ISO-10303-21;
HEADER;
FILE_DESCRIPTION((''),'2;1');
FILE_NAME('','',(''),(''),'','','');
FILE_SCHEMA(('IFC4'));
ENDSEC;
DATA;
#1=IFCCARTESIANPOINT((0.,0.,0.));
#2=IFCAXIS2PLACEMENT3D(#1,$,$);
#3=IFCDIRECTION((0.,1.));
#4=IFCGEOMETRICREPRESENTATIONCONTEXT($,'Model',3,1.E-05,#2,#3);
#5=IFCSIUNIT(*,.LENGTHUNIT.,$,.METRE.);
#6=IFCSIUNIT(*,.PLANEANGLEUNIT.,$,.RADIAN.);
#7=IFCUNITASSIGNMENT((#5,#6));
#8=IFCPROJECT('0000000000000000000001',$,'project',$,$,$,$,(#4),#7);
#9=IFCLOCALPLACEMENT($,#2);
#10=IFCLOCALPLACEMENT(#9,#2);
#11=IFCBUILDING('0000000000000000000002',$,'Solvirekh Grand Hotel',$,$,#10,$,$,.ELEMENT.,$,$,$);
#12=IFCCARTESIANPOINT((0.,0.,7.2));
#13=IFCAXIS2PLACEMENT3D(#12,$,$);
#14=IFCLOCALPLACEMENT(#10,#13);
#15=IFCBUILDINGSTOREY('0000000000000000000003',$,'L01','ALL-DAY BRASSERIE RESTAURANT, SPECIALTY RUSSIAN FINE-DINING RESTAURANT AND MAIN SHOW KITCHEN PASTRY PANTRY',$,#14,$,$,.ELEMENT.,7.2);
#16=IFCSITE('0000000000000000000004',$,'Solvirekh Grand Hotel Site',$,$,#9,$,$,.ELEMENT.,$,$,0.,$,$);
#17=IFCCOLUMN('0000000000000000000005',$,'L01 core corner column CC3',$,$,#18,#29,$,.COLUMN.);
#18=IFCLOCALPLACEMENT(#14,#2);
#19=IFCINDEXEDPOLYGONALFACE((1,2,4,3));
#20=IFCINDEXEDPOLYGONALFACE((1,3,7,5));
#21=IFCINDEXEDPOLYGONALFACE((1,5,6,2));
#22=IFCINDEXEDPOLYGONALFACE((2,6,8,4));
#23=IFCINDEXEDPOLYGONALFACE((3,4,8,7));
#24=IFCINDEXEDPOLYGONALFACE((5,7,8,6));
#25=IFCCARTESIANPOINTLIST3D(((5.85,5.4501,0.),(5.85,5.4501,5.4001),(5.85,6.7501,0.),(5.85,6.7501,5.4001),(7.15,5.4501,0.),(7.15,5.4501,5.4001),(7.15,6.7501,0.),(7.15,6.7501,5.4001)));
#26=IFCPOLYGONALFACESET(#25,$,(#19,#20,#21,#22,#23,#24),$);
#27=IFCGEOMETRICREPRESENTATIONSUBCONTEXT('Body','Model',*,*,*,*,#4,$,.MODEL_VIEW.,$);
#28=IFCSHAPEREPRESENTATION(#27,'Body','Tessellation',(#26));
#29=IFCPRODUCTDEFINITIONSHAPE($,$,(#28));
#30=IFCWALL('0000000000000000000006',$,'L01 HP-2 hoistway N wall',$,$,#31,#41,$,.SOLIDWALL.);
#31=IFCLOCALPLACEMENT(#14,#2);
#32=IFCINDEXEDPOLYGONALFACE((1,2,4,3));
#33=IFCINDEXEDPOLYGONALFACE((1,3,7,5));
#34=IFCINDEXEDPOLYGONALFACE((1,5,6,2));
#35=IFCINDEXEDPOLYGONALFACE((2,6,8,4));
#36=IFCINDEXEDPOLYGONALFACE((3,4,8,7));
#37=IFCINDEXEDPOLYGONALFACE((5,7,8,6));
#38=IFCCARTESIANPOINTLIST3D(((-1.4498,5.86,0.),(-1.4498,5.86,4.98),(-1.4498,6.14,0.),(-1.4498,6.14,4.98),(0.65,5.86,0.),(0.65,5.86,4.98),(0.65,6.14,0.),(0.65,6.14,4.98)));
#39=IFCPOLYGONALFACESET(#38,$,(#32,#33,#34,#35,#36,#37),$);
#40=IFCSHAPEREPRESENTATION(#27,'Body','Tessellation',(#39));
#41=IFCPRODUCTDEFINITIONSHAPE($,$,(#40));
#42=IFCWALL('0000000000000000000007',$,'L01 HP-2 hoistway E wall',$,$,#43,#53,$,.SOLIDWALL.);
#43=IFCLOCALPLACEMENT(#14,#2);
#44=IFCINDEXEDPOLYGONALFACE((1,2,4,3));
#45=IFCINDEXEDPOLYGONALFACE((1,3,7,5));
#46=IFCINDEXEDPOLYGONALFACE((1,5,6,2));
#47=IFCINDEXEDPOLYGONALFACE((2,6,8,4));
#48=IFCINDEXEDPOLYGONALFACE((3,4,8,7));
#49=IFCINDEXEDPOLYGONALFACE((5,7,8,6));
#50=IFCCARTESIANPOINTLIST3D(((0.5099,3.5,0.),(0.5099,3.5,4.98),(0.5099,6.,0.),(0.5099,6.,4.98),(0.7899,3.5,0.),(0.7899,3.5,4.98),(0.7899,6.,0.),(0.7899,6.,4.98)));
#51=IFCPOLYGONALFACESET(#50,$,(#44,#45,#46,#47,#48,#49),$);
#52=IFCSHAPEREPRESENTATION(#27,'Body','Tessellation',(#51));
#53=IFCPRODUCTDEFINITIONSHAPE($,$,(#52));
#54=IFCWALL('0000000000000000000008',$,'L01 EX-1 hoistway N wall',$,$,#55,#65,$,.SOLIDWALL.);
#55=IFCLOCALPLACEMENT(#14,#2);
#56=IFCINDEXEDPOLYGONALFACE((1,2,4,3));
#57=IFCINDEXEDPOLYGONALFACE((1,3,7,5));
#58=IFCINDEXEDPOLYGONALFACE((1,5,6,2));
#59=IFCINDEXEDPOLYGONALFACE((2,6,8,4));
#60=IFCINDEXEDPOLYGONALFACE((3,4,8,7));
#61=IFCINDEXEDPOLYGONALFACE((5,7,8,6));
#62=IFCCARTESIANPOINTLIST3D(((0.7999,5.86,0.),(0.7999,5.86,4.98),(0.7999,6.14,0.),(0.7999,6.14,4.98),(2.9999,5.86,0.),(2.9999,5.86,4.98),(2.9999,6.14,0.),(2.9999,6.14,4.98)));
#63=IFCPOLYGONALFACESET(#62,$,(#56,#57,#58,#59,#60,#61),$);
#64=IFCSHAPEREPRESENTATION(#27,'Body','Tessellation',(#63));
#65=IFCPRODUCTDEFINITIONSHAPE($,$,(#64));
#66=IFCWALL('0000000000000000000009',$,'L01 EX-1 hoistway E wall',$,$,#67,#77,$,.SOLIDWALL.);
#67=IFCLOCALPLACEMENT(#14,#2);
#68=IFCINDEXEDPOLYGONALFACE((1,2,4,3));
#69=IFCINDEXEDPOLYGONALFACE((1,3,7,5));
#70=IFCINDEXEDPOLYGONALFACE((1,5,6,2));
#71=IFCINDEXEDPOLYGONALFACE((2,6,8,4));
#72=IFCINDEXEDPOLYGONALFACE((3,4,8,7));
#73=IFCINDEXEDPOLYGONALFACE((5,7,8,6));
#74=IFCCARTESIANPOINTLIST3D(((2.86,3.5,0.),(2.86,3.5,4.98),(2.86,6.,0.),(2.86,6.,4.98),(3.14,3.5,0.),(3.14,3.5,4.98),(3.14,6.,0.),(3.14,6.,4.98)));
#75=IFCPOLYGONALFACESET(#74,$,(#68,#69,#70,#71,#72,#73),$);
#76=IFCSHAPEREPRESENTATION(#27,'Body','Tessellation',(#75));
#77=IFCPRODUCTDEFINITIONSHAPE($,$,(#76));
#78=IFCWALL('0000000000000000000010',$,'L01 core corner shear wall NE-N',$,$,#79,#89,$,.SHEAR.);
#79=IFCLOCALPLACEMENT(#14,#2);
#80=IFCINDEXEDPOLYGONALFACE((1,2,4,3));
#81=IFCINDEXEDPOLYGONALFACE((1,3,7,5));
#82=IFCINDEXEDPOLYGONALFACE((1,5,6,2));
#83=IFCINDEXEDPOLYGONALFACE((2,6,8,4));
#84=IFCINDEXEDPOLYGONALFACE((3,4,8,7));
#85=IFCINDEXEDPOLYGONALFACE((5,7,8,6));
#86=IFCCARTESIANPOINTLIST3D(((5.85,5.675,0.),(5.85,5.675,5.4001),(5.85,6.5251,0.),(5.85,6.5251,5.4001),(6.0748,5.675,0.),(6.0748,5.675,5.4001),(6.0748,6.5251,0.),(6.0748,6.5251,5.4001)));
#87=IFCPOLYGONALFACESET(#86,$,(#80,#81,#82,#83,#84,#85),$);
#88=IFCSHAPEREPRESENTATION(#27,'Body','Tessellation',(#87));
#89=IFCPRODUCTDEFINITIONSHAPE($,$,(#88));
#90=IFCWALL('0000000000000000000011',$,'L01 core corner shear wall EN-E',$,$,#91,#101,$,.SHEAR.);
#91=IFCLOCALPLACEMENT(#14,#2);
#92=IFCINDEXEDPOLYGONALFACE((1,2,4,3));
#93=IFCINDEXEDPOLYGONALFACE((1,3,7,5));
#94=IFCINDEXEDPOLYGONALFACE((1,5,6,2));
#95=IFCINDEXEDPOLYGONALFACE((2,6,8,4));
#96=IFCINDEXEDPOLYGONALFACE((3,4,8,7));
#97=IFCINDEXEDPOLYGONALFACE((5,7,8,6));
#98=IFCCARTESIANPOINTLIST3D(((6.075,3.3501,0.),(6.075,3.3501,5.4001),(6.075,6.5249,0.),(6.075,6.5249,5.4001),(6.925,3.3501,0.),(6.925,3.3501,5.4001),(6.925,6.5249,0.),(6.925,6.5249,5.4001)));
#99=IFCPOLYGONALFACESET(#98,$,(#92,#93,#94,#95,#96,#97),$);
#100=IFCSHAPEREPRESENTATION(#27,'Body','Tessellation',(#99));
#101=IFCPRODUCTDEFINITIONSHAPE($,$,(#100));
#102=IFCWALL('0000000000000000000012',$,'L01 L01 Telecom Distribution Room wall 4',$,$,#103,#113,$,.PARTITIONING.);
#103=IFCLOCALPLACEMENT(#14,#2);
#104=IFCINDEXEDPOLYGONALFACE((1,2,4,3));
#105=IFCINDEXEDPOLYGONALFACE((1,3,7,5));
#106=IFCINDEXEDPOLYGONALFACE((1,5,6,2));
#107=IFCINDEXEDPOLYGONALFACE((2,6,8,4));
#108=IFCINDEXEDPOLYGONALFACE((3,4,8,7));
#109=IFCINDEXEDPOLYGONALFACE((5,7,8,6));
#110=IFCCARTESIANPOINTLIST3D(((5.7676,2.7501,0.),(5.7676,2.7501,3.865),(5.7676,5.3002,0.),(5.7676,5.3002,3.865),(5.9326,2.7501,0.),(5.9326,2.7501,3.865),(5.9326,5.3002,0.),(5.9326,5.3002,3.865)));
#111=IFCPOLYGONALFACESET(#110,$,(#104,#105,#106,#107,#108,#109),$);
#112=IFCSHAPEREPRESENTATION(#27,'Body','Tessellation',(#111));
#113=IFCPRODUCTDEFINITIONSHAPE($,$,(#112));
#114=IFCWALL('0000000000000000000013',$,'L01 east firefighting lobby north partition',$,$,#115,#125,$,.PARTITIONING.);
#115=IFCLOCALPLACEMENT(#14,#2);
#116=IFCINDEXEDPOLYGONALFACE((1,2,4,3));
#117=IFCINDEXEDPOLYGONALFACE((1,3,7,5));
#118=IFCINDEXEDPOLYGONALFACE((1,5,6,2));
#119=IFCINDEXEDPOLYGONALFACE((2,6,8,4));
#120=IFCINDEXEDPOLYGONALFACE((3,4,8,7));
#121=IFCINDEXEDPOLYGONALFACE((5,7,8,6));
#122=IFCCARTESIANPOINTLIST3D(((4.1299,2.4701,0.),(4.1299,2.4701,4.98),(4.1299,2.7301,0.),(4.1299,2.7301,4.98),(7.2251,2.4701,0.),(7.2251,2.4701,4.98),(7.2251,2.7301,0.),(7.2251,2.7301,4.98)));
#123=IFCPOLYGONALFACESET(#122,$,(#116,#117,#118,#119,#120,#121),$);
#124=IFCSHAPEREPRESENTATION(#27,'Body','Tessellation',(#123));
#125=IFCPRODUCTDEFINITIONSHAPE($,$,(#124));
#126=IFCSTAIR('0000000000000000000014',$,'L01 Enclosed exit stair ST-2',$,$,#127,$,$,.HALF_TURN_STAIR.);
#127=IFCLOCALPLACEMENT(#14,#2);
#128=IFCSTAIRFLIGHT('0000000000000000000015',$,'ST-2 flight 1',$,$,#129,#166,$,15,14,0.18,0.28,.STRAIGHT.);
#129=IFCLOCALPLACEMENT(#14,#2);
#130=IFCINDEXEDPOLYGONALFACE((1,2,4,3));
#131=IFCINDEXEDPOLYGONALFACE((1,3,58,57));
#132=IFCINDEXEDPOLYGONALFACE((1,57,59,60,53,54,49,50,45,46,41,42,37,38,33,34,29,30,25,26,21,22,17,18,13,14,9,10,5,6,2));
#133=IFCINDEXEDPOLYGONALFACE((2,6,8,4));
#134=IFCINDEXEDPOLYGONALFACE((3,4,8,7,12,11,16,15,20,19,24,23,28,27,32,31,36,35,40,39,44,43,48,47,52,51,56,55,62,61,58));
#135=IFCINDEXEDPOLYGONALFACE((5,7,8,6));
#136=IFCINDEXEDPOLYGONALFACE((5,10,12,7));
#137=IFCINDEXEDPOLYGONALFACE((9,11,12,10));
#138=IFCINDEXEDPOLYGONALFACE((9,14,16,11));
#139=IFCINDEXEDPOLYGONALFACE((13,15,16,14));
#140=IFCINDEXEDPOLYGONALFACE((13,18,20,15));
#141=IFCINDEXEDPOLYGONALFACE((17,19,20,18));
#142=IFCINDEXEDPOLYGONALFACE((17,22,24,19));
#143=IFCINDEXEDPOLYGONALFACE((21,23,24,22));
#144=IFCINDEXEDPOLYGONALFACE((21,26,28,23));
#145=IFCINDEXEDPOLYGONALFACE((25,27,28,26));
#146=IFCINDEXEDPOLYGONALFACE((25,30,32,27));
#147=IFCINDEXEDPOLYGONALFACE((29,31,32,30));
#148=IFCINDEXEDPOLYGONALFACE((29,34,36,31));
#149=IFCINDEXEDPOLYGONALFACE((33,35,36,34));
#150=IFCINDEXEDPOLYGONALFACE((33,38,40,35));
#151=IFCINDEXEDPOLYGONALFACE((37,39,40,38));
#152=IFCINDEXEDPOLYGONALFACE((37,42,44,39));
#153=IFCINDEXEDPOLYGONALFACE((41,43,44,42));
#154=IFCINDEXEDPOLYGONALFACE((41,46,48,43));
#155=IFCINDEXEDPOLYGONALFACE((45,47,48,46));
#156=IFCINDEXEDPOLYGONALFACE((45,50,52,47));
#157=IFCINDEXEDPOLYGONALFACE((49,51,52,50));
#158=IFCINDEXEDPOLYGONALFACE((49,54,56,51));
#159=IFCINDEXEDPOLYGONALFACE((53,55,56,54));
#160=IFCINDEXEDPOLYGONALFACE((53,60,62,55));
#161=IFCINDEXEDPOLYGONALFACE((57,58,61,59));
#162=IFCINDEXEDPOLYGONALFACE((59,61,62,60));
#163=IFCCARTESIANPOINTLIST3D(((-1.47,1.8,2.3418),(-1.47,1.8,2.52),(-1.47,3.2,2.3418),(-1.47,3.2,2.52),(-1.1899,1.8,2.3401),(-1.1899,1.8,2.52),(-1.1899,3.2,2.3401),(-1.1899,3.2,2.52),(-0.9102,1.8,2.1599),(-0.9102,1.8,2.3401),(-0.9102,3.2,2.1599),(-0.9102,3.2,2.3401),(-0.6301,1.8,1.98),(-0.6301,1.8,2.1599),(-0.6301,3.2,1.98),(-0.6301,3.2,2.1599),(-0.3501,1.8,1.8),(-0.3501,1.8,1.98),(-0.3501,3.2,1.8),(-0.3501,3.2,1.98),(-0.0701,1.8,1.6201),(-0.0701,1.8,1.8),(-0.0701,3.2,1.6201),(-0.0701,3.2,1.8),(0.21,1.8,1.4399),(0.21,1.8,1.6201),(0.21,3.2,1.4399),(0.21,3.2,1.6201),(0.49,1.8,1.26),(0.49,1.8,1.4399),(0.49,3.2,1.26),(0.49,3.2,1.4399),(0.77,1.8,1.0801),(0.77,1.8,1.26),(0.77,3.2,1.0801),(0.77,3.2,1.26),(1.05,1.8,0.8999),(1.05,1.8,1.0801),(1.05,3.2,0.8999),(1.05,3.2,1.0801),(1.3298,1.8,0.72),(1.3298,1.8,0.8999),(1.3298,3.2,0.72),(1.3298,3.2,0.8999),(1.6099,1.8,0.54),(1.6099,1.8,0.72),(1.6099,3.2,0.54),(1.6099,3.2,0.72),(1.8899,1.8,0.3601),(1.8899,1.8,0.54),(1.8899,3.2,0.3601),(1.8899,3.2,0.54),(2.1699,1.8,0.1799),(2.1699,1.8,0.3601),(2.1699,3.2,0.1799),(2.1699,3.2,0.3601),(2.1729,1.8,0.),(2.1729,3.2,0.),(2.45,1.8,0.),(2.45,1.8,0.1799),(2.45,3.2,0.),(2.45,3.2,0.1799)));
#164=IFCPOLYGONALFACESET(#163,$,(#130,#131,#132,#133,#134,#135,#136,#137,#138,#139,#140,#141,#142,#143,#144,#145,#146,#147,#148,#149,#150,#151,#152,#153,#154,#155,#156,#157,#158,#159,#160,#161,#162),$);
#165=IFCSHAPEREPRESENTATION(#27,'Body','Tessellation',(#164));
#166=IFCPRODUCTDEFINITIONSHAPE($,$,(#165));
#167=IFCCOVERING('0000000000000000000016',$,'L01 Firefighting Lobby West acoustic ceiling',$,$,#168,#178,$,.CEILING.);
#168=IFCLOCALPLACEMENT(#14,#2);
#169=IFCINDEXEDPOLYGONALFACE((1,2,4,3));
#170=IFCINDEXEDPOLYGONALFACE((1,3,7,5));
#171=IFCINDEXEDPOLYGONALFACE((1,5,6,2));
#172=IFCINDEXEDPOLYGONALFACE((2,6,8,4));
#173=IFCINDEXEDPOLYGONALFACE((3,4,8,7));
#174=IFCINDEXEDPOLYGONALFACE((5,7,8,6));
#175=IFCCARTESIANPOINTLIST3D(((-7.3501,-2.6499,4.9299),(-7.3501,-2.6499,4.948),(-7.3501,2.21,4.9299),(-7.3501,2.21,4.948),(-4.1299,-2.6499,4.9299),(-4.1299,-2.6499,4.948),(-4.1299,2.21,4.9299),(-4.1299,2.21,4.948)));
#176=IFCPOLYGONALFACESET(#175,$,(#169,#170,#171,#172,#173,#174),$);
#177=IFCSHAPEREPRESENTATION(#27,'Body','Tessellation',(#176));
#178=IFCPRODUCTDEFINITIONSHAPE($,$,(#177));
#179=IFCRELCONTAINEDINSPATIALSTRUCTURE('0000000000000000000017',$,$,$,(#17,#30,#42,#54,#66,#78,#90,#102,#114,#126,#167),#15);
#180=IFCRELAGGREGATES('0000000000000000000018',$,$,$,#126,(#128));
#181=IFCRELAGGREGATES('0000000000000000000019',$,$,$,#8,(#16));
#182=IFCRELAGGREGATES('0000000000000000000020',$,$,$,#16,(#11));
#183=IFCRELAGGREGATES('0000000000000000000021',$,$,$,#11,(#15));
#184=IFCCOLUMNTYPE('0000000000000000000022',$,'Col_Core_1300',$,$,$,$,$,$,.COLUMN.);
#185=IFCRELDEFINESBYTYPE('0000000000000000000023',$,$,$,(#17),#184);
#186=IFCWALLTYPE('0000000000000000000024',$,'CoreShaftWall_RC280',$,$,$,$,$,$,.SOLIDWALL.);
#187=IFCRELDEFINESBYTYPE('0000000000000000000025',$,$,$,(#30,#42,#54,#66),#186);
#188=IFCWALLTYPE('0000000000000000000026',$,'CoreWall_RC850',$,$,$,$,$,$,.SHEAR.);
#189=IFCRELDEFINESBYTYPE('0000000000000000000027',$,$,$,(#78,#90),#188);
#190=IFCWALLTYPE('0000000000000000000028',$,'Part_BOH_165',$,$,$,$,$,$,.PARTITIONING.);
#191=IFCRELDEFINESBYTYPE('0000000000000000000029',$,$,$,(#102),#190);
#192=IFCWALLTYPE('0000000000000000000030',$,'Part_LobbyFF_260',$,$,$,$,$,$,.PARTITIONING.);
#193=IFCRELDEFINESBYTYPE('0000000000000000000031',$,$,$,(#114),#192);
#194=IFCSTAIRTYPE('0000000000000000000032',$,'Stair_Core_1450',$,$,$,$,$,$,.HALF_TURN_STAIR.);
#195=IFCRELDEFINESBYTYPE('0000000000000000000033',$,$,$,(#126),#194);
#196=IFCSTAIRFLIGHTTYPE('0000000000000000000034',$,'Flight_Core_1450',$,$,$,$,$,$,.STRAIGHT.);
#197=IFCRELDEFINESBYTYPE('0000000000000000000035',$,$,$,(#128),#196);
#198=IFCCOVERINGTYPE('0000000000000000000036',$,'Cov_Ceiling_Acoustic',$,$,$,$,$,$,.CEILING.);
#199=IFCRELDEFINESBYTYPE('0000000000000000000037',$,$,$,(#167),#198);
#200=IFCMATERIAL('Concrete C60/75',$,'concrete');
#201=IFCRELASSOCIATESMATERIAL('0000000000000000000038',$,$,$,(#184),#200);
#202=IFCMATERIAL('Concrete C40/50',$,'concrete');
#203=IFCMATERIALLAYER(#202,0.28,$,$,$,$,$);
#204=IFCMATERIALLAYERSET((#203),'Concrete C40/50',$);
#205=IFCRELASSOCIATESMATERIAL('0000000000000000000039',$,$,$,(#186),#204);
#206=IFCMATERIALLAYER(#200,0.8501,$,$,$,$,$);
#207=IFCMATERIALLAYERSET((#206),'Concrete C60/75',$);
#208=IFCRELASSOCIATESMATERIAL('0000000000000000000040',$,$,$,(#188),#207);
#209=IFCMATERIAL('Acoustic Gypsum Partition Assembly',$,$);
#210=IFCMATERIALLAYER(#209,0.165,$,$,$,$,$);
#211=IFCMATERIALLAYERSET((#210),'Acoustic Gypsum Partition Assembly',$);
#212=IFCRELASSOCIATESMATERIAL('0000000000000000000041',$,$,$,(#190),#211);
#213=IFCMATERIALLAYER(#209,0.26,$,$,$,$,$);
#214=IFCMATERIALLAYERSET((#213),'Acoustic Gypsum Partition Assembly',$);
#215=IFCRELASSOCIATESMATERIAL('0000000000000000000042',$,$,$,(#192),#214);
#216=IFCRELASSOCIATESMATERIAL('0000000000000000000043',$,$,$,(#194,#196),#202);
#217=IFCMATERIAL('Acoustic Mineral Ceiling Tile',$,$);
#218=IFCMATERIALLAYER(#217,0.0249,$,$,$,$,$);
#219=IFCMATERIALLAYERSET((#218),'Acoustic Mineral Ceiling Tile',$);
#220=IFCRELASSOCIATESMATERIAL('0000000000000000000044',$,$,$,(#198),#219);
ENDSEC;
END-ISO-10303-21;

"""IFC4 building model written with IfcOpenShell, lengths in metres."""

from ifc_helpers import new_model, si_unit, direction, frame, frame_2d, origin, origin_2d, place, context, subcontext, project, spatial, polyline, rectangle, outline, extrude, material, layer, layer_set, material_profile, profile_set, type_object, element, aggregate, save


model = new_model("IFC4")

# Units and contexts
model_context = context("Model", 3, precision=1e-05, world=origin(), true_north=direction((0.0, 1.0)))
body_context = subcontext(model_context, "Body", "Model", "MODEL_VIEW")
ifc_project = project(units=[si_unit("LENGTHUNIT", "METRE"), si_unit("PLANEANGLEUNIT", "RADIAN")], contexts=[model_context])

# Site, building, storey
site_placement = place(None, origin())
site = spatial("IfcSite", under=ifc_project, at=site_placement, Name="Solvirekh Grand Hotel Site", CompositionType="ELEMENT", RefElevation=0.0)
building_placement = place(site_placement, origin())
building = spatial("IfcBuilding", under=site, at=building_placement, Name="Solvirekh Grand Hotel", CompositionType="ELEMENT")
storey_placement = place(building_placement, frame((0.0, 0.0, 7.2)))
storey = spatial("IfcBuildingStorey", under=building, at=storey_placement, Name="L01", Description="ALL-DAY BRASSERIE RESTAURANT, SPECIALTY RUSSIAN FINE-DINING RESTAURANT AND MAIN SHOW KITCHEN PASTRY PANTRY", CompositionType="ELEMENT", Elevation=7.2)

# Column
ifc_material_1 = material(Name="Concrete C60/75", Category="concrete")
ifc_material_profile = material_profile(ifc_material_1, rectangle(XDim=1.3, YDim=1.3, at=origin_2d()), Name="RC 1300X1300")
ifc_profile_set = profile_set([ifc_material_profile], Name="Concrete C60/75")
column_type = type_object("IfcColumnType", Name="Col_Core_1300", PredefinedType="COLUMN", material=ifc_profile_set)
column_placement = place(storey_placement, frame((6.5, 6.1001, 0.0), z_axis=(0.0, 0.0, 1.0), x_axis=(1.0, 0.0, 0.0)))
element("IfcColumn", 1, at=column_placement, inside=storey, type_object=column_type, Name="L01 core corner column CC3", PredefinedType="COLUMN", context=body_context, shape_type="SweptSolid", body=[
    extrude(rectangle(XDim=1.3, YDim=1.3, at=origin_2d()), origin(), (0.0, 0.0, 1.0), 5.4001),
])

# Walls
ifc_material_2 = material(Name="Concrete C40/50", Category="concrete")
ifc_layer_1 = layer(ifc_material_2, 0.28)
ifc_layer_set_1 = layer_set([ifc_layer_1], Name="Concrete C40/50")
wall_type_1 = type_object("IfcWallType", Name="CoreShaftWall_RC280", PredefinedType="SOLIDWALL", material=ifc_layer_set_1)
wall_1_placement = place(storey_placement, frame((0.6499, 6.0, 0.0), z_axis=(0.0, 0.0, 1.0), x_axis=(-1.0, 0.0, 0.0)))
element("IfcWall", 2, at=wall_1_placement, inside=storey, type_object=wall_type_1, Name="L01 HP-2 hoistway N wall", PredefinedType="SOLIDWALL", context=body_context, shape_type="SweptSolid", body=[
    extrude(rectangle(XDim=2.0999, YDim=0.28, at=frame_2d((1.0498, 0.0))), origin(), (0.0, 0.0, 1.0), 4.98),
])
wall_2_placement = place(storey_placement, frame((0.6499, 3.5, 0.0), z_axis=(0.0, 0.0, 1.0), x_axis=(0.0, 1.0, 0.0)))
element("IfcWall", 3, at=wall_2_placement, inside=storey, type_object=wall_type_1, Name="L01 HP-2 hoistway E wall", PredefinedType="SOLIDWALL", context=body_context, shape_type="SweptSolid", body=[
    extrude(rectangle(XDim=2.5, YDim=0.28, at=frame_2d((1.25, 0.0))), origin(), (0.0, 0.0, 1.0), 4.98),
])
wall_3_placement = place(storey_placement, frame((3.0, 6.0, 0.0), z_axis=(0.0, 0.0, 1.0), x_axis=(-1.0, 0.0, 0.0)))
element("IfcWall", 4, at=wall_3_placement, inside=storey, type_object=wall_type_1, Name="L01 EX-1 hoistway N wall", PredefinedType="SOLIDWALL", context=body_context, shape_type="SweptSolid", body=[
    extrude(rectangle(XDim=2.2, YDim=0.28, at=frame_2d((1.1001, 0.0))), origin(), (0.0, 0.0, 1.0), 4.98),
])
wall_4_placement = place(storey_placement, frame((3.0, 3.5, 0.0), z_axis=(0.0, 0.0, 1.0), x_axis=(0.0, 1.0, 0.0)))
element("IfcWall", 5, at=wall_4_placement, inside=storey, type_object=wall_type_1, Name="L01 EX-1 hoistway E wall", PredefinedType="SOLIDWALL", context=body_context, shape_type="SweptSolid", body=[
    extrude(rectangle(XDim=2.5, YDim=0.28, at=frame_2d((1.25, 0.0))), origin(), (0.0, 0.0, 1.0), 4.98),
])
ifc_layer_2 = layer(ifc_material_1, 0.8501)
ifc_layer_set_2 = layer_set([ifc_layer_2], Name="Concrete C60/75")
wall_type_2 = type_object("IfcWallType", Name="CoreWall_RC850", PredefinedType="SHEAR", material=ifc_layer_set_2)
wall_5_placement = place(storey_placement, frame((5.8501, 6.1001, 0.0), z_axis=(0.0, 0.0, 1.0), x_axis=(1.0, 0.0, 0.0)))
element("IfcWall", 6, at=wall_5_placement, inside=storey, type_object=wall_type_2, Name="L01 core corner shear wall NE-N", PredefinedType="SHEAR", context=body_context, shape_type="SweptSolid", body=[
    extrude(rectangle(XDim=0.2249, YDim=0.8501, at=frame_2d((0.1123, 0.0))), origin(), (0.0, 0.0, 1.0), 5.4001),
])
wall_6_placement = place(storey_placement, frame((6.5, 3.3501, 0.0), z_axis=(0.0, 0.0, 1.0), x_axis=(0.0, 1.0, 0.0)))
element("IfcWall", 7, at=wall_6_placement, inside=storey, type_object=wall_type_2, Name="L01 core corner shear wall EN-E", PredefinedType="SHEAR", context=body_context, shape_type="SweptSolid", body=[
    extrude(rectangle(XDim=3.1748, YDim=0.8501, at=frame_2d((1.5874, 0.0))), origin(), (0.0, 0.0, 1.0), 5.4001),
])
ifc_material_3 = material(Name="Acoustic Gypsum Partition Assembly")
ifc_layer_3 = layer(ifc_material_3, 0.165)
ifc_layer_set_3 = layer_set([ifc_layer_3], Name="Acoustic Gypsum Partition Assembly")
wall_type_3 = type_object("IfcWallType", Name="Part_BOH_165", PredefinedType="PARTITIONING", material=ifc_layer_set_3)
wall_7_placement = place(storey_placement, frame((5.8501, 5.3, 0.0), z_axis=(0.0, 0.0, 1.0), x_axis=(0.0, -1.0, 0.0)))
element("IfcWall", 8, at=wall_7_placement, inside=storey, type_object=wall_type_3, Name="L01 L01 Telecom Distribution Room wall 4", PredefinedType="PARTITIONING", context=body_context, shape_type="SweptSolid", body=[
    extrude(rectangle(XDim=2.55, YDim=0.165, at=frame_2d((1.2749, 0.0))), origin(), (0.0, 0.0, 1.0), 3.865),
])
ifc_layer_4 = layer(ifc_material_3, 0.26)
ifc_layer_set_4 = layer_set([ifc_layer_4], Name="Acoustic Gypsum Partition Assembly")
wall_type_4 = type_object("IfcWallType", Name="Part_LobbyFF_260", PredefinedType="PARTITIONING", material=ifc_layer_set_4)
wall_8_placement = place(storey_placement, frame((4.1299, 2.6001, 0.0), z_axis=(0.0, 0.0, 1.0), x_axis=(1.0, 0.0, 0.0)))
element("IfcWall", 9, at=wall_8_placement, inside=storey, type_object=wall_type_4, Name="L01 east firefighting lobby north partition", PredefinedType="PARTITIONING", context=body_context, shape_type="SweptSolid", body=[
    extrude(rectangle(XDim=3.0952, YDim=0.26, at=frame_2d((1.5476, 0.0))), origin(), (0.0, 0.0, 1.0), 4.98),
])

# Stair, stair flight
stair_type = type_object("IfcStairType", Name="Stair_Core_1450", PredefinedType="HALF_TURN_STAIR", material=ifc_material_2)
stair_placement = place(storey_placement, origin())
stair = element("IfcStair", 10, at=stair_placement, inside=storey, type_object=stair_type, Name="L01 Enclosed exit stair ST-2", PredefinedType="HALF_TURN_STAIR")
stair_flight_type = type_object("IfcStairFlightType", Name="Flight_Core_1450", PredefinedType="STRAIGHT", material=ifc_material_2)
stair_flight_placement = place(storey_placement, frame((2.45, 2.5, 0.0), z_axis=(0.0, 0.0, 1.0), x_axis=(-1.0, 0.0, 0.0)))
stair_flight = element("IfcStairFlight", 11, at=stair_flight_placement, type_object=stair_flight_type, Name="ST-2 flight 1", NumberOfRisers=15, NumberOfTreads=14, PredefinedType="STRAIGHT", RiserHeight=0.18, TreadLength=0.28, context=body_context, shape_type="SweptSolid", body=[
    extrude(outline(polyline([(0.0, 0.0), (0.0, 0.1799), (0.28, 0.1799), (0.28, 0.3601), (0.5601, 0.3601), (0.5601, 0.54), (0.8401, 0.54), (0.8401, 0.72), (1.1201, 0.72), (1.1201, 0.8999), (1.3999, 0.8999), (1.3999, 1.0801), (1.6799, 1.0801), (1.6799, 1.26), (1.96, 1.26), (1.96, 1.4399), (2.24, 1.4399), (2.24, 1.6201), (2.52, 1.6201), (2.52, 1.8), (2.8, 1.8), (2.8, 1.98), (3.0801, 1.98), (3.0801, 2.1599), (3.3601, 2.1599), (3.3601, 2.3401), (3.6399, 2.3401), (3.6399, 2.52), (3.9199, 2.52), (3.9199, 2.7), (3.9199, 2.3418), (0.2771, 0.0), (0.0, 0.0)])), frame((0.0, 0.7, 0.0), z_axis=(0.0, -1.0, 0.0), x_axis=(1.0, 0.0, 0.0)), (0.0, 0.0, 1.0), 1.3999),
])
aggregate(stair, [stair_flight])

# Covering
ifc_material_4 = material(Name="Acoustic Mineral Ceiling Tile")
ifc_layer_5 = layer(ifc_material_4, 0.0249)
ifc_layer_set_5 = layer_set([ifc_layer_5], Name="Acoustic Mineral Ceiling Tile")
covering_type_1 = type_object("IfcCoveringType", Name="Cov_Ceiling_Acoustic", PredefinedType="CEILING", material=ifc_layer_set_5)
covering_1_placement = place(storey_placement, frame((0.0, 0.0, 4.9299)))
element("IfcCovering", 12, at=covering_1_placement, inside=storey, type_object=covering_type_1, Name="L01 Firefighting Lobby West acoustic ceiling", PredefinedType="CEILING", context=body_context, shape_type="SweptSolid", body=[
    extrude(outline(polyline([(-7.3501, -2.6499), (-4.1299, -2.6499), (-4.1299, 2.21), (-7.3501, 2.21), (-7.3501, -2.6499)])), origin(), (0.0, 0.0, 1.0), 0.0181),
])

save(model, "model.ifc")
